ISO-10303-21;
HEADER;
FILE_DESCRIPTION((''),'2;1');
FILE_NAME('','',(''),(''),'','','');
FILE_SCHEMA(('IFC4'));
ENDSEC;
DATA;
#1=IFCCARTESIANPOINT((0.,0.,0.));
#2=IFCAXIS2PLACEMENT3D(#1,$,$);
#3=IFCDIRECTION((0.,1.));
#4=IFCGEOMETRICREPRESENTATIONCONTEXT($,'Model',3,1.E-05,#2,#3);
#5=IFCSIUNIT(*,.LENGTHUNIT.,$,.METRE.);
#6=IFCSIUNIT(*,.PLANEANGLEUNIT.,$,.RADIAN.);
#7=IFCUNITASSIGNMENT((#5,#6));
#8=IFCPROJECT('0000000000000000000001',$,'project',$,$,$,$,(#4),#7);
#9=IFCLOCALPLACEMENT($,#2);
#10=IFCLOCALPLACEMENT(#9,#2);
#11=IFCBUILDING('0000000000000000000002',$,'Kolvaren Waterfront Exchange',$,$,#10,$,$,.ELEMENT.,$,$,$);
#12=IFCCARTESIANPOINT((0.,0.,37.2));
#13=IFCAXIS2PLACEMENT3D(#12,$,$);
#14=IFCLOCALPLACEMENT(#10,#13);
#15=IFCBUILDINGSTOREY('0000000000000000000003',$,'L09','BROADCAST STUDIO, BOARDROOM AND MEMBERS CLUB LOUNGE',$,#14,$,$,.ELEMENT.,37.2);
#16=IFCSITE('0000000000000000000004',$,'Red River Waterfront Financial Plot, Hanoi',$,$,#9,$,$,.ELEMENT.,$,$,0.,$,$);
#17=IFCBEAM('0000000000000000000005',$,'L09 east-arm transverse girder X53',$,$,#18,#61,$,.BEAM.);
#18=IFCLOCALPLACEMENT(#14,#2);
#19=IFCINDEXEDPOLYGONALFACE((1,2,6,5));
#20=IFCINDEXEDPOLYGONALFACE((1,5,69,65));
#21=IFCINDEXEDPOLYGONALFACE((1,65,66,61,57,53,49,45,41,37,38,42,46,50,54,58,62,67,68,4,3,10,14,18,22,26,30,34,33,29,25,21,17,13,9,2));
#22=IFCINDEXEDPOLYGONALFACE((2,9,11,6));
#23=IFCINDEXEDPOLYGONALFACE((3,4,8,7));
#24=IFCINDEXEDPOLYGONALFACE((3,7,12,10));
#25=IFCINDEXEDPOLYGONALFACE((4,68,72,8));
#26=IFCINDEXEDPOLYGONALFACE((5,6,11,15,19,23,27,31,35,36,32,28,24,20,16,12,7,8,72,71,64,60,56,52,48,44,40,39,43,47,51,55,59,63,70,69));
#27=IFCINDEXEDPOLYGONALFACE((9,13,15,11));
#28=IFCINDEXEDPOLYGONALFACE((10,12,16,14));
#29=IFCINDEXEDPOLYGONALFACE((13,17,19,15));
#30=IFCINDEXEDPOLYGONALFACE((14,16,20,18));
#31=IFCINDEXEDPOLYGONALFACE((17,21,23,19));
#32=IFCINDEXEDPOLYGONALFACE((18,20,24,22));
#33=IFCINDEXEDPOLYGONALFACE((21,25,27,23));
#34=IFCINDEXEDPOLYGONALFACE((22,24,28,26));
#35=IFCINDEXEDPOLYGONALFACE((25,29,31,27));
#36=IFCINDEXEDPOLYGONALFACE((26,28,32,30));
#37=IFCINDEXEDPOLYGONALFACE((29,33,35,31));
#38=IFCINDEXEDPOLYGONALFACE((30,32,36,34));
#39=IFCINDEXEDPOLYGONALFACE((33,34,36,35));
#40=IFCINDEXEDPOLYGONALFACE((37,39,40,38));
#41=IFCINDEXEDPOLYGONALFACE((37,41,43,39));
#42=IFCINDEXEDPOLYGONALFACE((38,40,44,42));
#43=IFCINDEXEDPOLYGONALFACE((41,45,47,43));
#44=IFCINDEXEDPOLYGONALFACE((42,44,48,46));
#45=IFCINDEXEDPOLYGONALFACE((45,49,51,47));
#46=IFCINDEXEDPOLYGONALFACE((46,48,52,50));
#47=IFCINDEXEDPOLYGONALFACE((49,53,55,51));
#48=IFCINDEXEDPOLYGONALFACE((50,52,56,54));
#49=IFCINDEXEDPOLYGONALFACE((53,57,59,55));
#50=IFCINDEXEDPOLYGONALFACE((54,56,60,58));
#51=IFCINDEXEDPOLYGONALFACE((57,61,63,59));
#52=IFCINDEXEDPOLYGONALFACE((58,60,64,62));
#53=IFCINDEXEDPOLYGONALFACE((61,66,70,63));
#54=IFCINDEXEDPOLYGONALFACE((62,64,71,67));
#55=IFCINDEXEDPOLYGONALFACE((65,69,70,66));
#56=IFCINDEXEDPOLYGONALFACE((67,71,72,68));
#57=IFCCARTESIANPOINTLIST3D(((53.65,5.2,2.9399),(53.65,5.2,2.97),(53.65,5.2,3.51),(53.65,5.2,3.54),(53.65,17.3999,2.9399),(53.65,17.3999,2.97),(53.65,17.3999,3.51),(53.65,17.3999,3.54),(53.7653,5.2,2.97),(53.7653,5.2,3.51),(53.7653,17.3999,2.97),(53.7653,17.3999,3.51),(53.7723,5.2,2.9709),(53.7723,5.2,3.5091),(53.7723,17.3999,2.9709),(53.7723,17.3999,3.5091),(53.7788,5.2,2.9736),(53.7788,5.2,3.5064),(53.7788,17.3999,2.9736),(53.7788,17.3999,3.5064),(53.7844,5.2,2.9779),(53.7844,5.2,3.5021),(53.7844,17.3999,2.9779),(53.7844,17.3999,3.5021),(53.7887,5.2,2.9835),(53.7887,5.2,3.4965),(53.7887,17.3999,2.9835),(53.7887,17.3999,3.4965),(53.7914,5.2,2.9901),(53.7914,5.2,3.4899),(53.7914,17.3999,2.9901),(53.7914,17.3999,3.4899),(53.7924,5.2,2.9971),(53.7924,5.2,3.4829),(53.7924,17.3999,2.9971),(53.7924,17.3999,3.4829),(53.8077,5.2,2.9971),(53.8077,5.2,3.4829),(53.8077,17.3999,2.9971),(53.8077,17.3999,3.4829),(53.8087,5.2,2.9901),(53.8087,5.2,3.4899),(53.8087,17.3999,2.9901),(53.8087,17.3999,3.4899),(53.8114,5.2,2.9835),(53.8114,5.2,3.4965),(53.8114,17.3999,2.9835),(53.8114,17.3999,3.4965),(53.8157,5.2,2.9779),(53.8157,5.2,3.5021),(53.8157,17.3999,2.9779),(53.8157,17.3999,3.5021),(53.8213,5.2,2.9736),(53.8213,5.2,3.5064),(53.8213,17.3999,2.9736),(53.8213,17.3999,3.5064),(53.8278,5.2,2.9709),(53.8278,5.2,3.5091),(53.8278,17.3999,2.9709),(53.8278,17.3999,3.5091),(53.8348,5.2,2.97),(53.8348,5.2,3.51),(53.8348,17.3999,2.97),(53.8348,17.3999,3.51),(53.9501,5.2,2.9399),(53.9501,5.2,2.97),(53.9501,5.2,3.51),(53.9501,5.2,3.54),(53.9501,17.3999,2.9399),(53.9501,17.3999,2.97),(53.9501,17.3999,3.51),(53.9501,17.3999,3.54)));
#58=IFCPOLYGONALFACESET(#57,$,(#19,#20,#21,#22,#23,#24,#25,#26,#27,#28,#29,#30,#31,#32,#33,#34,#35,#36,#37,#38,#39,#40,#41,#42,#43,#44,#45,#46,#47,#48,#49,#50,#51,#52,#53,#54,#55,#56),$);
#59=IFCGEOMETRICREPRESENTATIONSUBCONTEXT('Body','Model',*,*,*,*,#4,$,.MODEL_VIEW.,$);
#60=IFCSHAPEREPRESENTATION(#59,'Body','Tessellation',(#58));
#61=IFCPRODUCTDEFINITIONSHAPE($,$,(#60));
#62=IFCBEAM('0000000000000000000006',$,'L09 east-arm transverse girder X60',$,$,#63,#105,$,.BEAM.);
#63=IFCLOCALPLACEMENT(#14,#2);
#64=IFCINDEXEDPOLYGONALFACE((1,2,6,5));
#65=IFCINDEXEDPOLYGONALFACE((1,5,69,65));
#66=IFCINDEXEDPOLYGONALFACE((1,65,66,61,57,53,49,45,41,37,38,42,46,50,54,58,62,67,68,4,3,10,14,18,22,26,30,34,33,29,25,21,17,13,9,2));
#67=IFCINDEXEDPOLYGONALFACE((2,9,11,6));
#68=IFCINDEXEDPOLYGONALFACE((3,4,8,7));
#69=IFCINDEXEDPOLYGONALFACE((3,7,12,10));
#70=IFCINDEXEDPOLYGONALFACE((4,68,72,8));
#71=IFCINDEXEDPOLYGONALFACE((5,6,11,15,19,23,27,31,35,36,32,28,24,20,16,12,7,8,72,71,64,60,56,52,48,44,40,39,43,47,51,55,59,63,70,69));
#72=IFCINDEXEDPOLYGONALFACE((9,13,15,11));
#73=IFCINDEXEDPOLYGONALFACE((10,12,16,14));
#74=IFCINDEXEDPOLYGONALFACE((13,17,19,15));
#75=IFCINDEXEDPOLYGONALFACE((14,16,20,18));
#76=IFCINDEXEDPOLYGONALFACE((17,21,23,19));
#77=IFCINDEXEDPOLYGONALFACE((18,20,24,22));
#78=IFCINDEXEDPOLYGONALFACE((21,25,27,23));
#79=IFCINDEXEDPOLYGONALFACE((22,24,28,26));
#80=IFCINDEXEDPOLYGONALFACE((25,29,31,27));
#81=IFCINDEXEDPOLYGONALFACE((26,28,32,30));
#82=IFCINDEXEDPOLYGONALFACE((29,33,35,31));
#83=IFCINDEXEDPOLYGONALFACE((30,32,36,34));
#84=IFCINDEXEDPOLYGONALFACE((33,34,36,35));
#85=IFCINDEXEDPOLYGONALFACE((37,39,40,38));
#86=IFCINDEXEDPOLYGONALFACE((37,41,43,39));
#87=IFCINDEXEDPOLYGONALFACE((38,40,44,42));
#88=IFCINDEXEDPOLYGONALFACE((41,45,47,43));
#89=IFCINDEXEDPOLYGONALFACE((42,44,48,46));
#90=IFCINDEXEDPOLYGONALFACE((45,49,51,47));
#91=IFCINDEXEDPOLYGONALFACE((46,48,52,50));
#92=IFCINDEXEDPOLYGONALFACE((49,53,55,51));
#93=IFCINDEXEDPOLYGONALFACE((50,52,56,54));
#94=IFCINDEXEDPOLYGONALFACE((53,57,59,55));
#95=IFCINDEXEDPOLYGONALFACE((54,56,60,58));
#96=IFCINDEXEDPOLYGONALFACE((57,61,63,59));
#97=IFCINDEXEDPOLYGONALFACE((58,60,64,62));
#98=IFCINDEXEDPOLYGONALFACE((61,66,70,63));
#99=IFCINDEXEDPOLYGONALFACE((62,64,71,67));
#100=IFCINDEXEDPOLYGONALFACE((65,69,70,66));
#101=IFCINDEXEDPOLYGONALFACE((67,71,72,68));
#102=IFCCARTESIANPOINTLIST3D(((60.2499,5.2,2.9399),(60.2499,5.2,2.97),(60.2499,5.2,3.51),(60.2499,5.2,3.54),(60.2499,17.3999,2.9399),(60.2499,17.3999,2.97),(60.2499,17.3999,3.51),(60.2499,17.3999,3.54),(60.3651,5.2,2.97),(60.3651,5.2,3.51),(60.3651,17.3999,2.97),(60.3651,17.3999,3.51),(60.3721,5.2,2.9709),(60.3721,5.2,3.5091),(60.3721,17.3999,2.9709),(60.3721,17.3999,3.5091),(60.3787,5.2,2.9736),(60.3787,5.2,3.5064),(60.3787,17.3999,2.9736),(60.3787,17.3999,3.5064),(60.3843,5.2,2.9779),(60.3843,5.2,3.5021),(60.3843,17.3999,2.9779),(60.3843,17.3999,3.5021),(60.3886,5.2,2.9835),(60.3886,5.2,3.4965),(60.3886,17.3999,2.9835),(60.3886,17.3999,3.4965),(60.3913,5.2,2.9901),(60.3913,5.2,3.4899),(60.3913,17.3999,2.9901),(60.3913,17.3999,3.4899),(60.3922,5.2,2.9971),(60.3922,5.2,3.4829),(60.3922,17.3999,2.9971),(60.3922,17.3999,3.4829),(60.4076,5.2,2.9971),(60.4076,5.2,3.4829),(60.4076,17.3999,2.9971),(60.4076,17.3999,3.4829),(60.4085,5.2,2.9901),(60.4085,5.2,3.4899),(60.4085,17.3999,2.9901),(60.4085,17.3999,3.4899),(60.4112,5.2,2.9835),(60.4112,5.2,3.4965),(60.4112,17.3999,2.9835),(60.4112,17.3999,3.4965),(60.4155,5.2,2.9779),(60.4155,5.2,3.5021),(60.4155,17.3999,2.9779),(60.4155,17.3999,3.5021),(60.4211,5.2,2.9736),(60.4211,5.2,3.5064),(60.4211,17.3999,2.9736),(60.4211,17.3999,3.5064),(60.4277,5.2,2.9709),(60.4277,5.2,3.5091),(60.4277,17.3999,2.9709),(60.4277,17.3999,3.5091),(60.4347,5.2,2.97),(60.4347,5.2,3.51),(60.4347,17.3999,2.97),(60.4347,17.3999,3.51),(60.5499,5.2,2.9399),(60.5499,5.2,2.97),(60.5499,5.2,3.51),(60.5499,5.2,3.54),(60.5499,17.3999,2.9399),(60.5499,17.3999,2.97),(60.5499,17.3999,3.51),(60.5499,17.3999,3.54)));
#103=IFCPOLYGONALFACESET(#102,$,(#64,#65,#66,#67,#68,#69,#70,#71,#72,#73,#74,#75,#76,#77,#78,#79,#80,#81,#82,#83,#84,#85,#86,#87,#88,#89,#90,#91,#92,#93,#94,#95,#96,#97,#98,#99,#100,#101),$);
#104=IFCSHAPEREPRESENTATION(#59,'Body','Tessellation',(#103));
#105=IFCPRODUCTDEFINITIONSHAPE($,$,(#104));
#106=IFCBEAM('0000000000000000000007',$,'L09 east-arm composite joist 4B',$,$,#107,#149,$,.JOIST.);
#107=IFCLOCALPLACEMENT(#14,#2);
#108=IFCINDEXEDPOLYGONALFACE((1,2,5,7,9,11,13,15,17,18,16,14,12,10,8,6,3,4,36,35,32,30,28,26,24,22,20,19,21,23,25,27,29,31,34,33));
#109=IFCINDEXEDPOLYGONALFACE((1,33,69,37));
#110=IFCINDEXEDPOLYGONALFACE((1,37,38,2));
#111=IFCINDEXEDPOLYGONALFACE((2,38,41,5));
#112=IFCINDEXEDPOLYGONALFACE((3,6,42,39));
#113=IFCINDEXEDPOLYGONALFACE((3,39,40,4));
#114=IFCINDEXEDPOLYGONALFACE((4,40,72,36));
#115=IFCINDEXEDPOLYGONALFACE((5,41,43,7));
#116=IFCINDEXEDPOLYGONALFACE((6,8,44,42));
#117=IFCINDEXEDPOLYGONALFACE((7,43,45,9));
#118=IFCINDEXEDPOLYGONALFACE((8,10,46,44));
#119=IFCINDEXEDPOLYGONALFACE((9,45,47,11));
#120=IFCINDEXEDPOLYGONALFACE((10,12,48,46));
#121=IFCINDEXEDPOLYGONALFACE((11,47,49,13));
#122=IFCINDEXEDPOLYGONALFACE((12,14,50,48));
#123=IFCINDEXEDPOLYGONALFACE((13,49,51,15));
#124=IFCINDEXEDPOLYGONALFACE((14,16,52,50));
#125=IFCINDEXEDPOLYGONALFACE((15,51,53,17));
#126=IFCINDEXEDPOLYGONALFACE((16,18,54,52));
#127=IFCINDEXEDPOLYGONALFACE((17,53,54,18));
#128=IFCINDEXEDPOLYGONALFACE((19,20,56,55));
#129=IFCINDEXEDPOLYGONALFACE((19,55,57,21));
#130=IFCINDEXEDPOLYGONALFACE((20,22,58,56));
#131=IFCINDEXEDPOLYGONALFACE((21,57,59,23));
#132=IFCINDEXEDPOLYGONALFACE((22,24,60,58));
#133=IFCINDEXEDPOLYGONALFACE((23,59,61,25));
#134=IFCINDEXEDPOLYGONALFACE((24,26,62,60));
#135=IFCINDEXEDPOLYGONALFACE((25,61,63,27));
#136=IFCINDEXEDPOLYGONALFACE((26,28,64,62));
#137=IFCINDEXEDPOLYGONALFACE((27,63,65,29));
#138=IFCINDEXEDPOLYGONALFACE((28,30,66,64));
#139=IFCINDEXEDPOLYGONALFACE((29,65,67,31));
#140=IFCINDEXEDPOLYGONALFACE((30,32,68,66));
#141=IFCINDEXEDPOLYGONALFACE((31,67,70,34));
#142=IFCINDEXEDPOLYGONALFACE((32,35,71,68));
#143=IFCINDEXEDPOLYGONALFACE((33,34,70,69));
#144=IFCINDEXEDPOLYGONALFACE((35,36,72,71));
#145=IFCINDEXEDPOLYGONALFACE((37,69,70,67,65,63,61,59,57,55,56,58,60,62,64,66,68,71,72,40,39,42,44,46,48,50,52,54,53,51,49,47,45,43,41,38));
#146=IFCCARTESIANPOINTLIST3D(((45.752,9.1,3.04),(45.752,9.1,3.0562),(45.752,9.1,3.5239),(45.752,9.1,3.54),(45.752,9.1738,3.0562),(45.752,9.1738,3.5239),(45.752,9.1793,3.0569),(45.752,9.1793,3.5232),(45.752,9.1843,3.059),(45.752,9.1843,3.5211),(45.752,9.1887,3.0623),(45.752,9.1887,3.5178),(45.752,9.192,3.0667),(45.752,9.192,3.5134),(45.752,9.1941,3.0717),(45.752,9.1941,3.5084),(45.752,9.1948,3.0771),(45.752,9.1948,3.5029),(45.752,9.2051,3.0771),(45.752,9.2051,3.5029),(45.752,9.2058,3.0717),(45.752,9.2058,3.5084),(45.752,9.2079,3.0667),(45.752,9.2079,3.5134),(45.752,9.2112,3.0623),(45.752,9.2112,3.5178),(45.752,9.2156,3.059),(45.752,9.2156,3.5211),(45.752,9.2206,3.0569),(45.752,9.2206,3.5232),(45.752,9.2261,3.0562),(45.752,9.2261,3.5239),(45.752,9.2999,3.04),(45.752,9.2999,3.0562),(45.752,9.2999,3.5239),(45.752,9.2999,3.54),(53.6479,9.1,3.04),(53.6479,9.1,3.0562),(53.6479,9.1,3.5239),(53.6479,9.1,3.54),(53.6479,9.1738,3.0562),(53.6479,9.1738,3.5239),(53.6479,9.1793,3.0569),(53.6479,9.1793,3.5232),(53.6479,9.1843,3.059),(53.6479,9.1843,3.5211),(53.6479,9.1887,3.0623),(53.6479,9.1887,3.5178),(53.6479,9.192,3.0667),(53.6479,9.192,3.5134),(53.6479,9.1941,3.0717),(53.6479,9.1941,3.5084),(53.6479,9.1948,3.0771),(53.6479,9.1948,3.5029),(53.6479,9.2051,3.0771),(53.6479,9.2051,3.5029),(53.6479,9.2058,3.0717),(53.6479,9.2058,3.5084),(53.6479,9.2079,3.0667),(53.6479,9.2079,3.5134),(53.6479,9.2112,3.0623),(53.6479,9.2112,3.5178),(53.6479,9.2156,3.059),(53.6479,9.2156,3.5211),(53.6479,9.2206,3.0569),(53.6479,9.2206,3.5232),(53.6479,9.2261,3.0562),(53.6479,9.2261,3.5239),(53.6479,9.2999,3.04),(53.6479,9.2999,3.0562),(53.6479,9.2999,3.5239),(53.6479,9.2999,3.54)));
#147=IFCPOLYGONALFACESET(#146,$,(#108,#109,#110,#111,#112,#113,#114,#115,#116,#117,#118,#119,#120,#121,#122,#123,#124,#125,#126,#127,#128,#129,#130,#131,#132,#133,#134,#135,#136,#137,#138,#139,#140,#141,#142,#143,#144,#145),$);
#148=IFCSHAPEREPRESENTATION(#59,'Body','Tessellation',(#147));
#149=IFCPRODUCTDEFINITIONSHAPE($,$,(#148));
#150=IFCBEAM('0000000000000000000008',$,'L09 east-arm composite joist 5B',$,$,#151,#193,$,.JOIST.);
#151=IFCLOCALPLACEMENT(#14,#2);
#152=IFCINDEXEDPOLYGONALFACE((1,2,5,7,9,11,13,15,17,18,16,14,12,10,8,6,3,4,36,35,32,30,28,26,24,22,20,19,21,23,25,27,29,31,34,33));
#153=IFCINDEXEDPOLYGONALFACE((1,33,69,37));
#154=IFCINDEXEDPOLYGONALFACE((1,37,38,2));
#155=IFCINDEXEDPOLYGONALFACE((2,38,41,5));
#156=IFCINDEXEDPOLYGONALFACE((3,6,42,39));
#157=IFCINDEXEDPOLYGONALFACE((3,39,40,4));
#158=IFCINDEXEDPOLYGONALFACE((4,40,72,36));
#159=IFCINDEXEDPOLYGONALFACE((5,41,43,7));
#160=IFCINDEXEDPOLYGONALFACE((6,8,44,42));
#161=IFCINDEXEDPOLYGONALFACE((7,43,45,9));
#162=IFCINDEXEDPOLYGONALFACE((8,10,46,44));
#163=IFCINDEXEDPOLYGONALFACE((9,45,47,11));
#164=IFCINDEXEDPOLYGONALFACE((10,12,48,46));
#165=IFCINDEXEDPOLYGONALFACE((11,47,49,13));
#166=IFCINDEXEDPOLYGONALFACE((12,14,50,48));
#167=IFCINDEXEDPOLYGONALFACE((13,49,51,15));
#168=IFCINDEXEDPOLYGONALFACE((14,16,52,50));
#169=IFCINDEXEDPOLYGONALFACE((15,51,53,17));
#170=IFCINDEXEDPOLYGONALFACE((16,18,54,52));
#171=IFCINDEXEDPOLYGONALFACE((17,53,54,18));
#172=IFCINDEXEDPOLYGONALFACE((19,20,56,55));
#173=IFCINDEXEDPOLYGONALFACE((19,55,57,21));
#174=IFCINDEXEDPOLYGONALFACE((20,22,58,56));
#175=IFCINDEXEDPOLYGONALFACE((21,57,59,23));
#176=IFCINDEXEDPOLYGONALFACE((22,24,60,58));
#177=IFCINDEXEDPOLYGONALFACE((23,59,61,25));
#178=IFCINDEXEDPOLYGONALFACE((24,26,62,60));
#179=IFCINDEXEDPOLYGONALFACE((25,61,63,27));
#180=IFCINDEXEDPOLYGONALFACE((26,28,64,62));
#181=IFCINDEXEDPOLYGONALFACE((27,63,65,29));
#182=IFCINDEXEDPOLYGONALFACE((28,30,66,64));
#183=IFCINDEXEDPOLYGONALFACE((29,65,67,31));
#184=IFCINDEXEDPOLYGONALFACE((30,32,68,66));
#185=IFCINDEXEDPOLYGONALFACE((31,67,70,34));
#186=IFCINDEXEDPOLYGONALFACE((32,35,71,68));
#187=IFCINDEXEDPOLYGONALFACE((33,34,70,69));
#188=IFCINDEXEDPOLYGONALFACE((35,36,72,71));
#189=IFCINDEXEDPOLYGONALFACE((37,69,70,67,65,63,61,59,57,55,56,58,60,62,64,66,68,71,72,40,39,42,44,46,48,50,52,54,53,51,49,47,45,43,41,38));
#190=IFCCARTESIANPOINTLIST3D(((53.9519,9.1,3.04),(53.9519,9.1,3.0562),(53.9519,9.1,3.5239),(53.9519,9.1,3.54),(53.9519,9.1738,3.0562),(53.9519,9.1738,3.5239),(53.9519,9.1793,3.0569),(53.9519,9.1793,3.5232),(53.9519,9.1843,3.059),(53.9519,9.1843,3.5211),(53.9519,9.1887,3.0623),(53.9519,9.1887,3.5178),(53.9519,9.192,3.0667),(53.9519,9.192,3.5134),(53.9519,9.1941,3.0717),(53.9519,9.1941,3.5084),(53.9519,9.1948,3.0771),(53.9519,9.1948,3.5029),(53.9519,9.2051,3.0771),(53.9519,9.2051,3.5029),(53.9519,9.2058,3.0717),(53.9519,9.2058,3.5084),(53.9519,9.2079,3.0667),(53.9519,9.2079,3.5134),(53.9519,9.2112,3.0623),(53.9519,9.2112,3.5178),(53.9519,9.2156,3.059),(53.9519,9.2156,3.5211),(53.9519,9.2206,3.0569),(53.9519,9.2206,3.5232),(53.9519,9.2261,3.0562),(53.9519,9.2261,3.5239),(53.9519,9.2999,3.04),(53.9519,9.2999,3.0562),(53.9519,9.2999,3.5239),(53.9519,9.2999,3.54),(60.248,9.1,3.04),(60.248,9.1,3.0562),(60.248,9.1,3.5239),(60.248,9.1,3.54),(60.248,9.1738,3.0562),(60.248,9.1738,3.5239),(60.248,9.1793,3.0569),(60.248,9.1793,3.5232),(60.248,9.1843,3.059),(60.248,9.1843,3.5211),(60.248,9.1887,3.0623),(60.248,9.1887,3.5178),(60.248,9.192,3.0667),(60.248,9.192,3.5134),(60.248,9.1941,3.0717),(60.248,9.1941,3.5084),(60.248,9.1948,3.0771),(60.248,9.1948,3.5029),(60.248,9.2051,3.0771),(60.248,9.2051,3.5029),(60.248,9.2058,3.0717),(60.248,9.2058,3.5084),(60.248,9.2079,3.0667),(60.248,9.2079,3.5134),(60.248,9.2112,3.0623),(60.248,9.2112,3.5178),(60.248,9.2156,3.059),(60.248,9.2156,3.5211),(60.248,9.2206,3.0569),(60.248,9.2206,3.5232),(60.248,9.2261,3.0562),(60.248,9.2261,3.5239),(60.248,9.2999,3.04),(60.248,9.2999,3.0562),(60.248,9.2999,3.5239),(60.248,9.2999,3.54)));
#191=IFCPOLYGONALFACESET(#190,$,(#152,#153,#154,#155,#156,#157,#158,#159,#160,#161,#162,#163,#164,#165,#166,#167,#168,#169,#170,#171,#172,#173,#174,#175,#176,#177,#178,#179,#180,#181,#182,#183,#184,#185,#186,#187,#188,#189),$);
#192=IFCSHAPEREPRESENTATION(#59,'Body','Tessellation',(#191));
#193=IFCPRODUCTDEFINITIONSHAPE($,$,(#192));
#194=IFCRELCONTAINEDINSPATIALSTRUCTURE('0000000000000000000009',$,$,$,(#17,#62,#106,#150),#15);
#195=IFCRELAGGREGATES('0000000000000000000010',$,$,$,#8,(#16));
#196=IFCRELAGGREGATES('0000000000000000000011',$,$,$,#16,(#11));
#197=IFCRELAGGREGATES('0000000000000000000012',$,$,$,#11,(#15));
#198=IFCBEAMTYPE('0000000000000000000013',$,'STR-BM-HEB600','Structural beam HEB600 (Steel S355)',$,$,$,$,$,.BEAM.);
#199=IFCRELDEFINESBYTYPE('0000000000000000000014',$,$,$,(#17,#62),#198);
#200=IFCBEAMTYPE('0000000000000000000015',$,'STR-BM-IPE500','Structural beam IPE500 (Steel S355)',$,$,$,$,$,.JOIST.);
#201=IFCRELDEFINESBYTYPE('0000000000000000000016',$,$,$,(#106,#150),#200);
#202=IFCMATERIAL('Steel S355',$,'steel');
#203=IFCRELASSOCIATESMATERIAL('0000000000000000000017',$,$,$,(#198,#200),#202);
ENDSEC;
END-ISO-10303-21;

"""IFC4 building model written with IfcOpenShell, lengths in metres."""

from ifc_helpers import new_model, si_unit, direction, frame, origin, origin_2d, place, context, subcontext, project, spatial, i_section, extrude, material, material_profile, profile_set, type_object, element, save


model = new_model("IFC4")

# Units and contexts
model_context = context("Model", 3, precision=1e-05, world=origin(), true_north=direction((0.0, 1.0)))
body_context = subcontext(model_context, "Body", "Model", "MODEL_VIEW")
ifc_project = project(units=[si_unit("LENGTHUNIT", "METRE"), si_unit("PLANEANGLEUNIT", "RADIAN")], contexts=[model_context])

# Site, building, storey
site_placement = place(None, origin())
site = spatial("IfcSite", under=ifc_project, at=site_placement, Name="Red River Waterfront Financial Plot, Hanoi", CompositionType="ELEMENT", RefElevation=0.0)
building_placement = place(site_placement, origin())
building = spatial("IfcBuilding", under=site, at=building_placement, Name="Kolvaren Waterfront Exchange", CompositionType="ELEMENT")
storey_placement = place(building_placement, frame((0.0, 0.0, 37.2)))
storey = spatial("IfcBuildingStorey", under=building, at=storey_placement, Name="L09", Description="BROADCAST STUDIO, BOARDROOM AND MEMBERS CLUB LOUNGE", CompositionType="ELEMENT", Elevation=37.2)

# Beams
ifc_material_1 = material(Name="Steel S355", Category="steel")
ifc_material_profile_1 = material_profile(ifc_material_1, i_section(OverallWidth=0.3, OverallDepth=0.6001, WebThickness=0.0154, FlangeThickness=0.03, FilletRadius=0.0271, at=origin_2d()), Name="HEB600")
ifc_profile_set_1 = profile_set([ifc_material_profile_1], Name="Steel S355")
beam_type_1 = type_object("IfcBeamType", Name="STR-BM-HEB600", Description="Structural beam HEB600 (Steel S355)", PredefinedType="BEAM", material=ifc_profile_set_1)
for number, where, z_axis, x_axis, name in (
    (1, (53.8, 5.2, 3.24), (0.0, 1.0, 0.0), (-1.0, 0.0, 0.0), "L09 east-arm transverse girder X53"),
    (2, (60.3999, 5.2, 3.24), (0.0, 1.0, 0.0), (-1.0, 0.0, 0.0), "L09 east-arm transverse girder X60"),
):
    element("IfcBeam", number, at=place(storey_placement, frame(where, z_axis=z_axis, x_axis=x_axis)), inside=storey, type_object=beam_type_1, Name=name, PredefinedType="BEAM", context=body_context, shape_type="SweptSolid", body=[
        extrude(i_section(OverallWidth=0.3, OverallDepth=0.6001, WebThickness=0.0154, FlangeThickness=0.03, FilletRadius=0.0271, at=origin_2d()), origin(), (0.0, 0.0, 1.0), 12.2),
    ])
ifc_material_profile_2 = material_profile(ifc_material_1, i_section(OverallWidth=0.2, OverallDepth=0.5, WebThickness=0.0103, FlangeThickness=0.0161, FilletRadius=0.021, at=origin_2d()), Name="IPE500")
ifc_profile_set_2 = profile_set([ifc_material_profile_2], Name="Steel S355")
beam_type_2 = type_object("IfcBeamType", Name="STR-BM-IPE500", Description="Structural beam IPE500 (Steel S355)", PredefinedType="JOIST", material=ifc_profile_set_2)
beam_1_placement = place(storey_placement, frame((45.752, 9.2, 3.29), z_axis=(1.0, 0.0, 0.0), x_axis=(0.0, 1.0, 0.0)))
element("IfcBeam", 3, at=beam_1_placement, inside=storey, type_object=beam_type_2, Name="L09 east-arm composite joist 4B", PredefinedType="JOIST", context=body_context, shape_type="SweptSolid", body=[
    extrude(i_section(OverallWidth=0.2, OverallDepth=0.5, WebThickness=0.0103, FlangeThickness=0.0161, FilletRadius=0.021, at=origin_2d()), origin(), (0.0, 0.0, 1.0), 7.896),
])
beam_2_placement = place(storey_placement, frame((53.9519, 9.2, 3.29), z_axis=(1.0, 0.0, 0.0), x_axis=(0.0, 1.0, 0.0)))
element("IfcBeam", 4, at=beam_2_placement, inside=storey, type_object=beam_type_2, Name="L09 east-arm composite joist 5B", PredefinedType="JOIST", context=body_context, shape_type="SweptSolid", body=[
    extrude(i_section(OverallWidth=0.2, OverallDepth=0.5, WebThickness=0.0103, FlangeThickness=0.0161, FilletRadius=0.021, at=origin_2d()), origin(), (0.0, 0.0, 1.0), 6.2961),
])

save(model, "model.ifc")
